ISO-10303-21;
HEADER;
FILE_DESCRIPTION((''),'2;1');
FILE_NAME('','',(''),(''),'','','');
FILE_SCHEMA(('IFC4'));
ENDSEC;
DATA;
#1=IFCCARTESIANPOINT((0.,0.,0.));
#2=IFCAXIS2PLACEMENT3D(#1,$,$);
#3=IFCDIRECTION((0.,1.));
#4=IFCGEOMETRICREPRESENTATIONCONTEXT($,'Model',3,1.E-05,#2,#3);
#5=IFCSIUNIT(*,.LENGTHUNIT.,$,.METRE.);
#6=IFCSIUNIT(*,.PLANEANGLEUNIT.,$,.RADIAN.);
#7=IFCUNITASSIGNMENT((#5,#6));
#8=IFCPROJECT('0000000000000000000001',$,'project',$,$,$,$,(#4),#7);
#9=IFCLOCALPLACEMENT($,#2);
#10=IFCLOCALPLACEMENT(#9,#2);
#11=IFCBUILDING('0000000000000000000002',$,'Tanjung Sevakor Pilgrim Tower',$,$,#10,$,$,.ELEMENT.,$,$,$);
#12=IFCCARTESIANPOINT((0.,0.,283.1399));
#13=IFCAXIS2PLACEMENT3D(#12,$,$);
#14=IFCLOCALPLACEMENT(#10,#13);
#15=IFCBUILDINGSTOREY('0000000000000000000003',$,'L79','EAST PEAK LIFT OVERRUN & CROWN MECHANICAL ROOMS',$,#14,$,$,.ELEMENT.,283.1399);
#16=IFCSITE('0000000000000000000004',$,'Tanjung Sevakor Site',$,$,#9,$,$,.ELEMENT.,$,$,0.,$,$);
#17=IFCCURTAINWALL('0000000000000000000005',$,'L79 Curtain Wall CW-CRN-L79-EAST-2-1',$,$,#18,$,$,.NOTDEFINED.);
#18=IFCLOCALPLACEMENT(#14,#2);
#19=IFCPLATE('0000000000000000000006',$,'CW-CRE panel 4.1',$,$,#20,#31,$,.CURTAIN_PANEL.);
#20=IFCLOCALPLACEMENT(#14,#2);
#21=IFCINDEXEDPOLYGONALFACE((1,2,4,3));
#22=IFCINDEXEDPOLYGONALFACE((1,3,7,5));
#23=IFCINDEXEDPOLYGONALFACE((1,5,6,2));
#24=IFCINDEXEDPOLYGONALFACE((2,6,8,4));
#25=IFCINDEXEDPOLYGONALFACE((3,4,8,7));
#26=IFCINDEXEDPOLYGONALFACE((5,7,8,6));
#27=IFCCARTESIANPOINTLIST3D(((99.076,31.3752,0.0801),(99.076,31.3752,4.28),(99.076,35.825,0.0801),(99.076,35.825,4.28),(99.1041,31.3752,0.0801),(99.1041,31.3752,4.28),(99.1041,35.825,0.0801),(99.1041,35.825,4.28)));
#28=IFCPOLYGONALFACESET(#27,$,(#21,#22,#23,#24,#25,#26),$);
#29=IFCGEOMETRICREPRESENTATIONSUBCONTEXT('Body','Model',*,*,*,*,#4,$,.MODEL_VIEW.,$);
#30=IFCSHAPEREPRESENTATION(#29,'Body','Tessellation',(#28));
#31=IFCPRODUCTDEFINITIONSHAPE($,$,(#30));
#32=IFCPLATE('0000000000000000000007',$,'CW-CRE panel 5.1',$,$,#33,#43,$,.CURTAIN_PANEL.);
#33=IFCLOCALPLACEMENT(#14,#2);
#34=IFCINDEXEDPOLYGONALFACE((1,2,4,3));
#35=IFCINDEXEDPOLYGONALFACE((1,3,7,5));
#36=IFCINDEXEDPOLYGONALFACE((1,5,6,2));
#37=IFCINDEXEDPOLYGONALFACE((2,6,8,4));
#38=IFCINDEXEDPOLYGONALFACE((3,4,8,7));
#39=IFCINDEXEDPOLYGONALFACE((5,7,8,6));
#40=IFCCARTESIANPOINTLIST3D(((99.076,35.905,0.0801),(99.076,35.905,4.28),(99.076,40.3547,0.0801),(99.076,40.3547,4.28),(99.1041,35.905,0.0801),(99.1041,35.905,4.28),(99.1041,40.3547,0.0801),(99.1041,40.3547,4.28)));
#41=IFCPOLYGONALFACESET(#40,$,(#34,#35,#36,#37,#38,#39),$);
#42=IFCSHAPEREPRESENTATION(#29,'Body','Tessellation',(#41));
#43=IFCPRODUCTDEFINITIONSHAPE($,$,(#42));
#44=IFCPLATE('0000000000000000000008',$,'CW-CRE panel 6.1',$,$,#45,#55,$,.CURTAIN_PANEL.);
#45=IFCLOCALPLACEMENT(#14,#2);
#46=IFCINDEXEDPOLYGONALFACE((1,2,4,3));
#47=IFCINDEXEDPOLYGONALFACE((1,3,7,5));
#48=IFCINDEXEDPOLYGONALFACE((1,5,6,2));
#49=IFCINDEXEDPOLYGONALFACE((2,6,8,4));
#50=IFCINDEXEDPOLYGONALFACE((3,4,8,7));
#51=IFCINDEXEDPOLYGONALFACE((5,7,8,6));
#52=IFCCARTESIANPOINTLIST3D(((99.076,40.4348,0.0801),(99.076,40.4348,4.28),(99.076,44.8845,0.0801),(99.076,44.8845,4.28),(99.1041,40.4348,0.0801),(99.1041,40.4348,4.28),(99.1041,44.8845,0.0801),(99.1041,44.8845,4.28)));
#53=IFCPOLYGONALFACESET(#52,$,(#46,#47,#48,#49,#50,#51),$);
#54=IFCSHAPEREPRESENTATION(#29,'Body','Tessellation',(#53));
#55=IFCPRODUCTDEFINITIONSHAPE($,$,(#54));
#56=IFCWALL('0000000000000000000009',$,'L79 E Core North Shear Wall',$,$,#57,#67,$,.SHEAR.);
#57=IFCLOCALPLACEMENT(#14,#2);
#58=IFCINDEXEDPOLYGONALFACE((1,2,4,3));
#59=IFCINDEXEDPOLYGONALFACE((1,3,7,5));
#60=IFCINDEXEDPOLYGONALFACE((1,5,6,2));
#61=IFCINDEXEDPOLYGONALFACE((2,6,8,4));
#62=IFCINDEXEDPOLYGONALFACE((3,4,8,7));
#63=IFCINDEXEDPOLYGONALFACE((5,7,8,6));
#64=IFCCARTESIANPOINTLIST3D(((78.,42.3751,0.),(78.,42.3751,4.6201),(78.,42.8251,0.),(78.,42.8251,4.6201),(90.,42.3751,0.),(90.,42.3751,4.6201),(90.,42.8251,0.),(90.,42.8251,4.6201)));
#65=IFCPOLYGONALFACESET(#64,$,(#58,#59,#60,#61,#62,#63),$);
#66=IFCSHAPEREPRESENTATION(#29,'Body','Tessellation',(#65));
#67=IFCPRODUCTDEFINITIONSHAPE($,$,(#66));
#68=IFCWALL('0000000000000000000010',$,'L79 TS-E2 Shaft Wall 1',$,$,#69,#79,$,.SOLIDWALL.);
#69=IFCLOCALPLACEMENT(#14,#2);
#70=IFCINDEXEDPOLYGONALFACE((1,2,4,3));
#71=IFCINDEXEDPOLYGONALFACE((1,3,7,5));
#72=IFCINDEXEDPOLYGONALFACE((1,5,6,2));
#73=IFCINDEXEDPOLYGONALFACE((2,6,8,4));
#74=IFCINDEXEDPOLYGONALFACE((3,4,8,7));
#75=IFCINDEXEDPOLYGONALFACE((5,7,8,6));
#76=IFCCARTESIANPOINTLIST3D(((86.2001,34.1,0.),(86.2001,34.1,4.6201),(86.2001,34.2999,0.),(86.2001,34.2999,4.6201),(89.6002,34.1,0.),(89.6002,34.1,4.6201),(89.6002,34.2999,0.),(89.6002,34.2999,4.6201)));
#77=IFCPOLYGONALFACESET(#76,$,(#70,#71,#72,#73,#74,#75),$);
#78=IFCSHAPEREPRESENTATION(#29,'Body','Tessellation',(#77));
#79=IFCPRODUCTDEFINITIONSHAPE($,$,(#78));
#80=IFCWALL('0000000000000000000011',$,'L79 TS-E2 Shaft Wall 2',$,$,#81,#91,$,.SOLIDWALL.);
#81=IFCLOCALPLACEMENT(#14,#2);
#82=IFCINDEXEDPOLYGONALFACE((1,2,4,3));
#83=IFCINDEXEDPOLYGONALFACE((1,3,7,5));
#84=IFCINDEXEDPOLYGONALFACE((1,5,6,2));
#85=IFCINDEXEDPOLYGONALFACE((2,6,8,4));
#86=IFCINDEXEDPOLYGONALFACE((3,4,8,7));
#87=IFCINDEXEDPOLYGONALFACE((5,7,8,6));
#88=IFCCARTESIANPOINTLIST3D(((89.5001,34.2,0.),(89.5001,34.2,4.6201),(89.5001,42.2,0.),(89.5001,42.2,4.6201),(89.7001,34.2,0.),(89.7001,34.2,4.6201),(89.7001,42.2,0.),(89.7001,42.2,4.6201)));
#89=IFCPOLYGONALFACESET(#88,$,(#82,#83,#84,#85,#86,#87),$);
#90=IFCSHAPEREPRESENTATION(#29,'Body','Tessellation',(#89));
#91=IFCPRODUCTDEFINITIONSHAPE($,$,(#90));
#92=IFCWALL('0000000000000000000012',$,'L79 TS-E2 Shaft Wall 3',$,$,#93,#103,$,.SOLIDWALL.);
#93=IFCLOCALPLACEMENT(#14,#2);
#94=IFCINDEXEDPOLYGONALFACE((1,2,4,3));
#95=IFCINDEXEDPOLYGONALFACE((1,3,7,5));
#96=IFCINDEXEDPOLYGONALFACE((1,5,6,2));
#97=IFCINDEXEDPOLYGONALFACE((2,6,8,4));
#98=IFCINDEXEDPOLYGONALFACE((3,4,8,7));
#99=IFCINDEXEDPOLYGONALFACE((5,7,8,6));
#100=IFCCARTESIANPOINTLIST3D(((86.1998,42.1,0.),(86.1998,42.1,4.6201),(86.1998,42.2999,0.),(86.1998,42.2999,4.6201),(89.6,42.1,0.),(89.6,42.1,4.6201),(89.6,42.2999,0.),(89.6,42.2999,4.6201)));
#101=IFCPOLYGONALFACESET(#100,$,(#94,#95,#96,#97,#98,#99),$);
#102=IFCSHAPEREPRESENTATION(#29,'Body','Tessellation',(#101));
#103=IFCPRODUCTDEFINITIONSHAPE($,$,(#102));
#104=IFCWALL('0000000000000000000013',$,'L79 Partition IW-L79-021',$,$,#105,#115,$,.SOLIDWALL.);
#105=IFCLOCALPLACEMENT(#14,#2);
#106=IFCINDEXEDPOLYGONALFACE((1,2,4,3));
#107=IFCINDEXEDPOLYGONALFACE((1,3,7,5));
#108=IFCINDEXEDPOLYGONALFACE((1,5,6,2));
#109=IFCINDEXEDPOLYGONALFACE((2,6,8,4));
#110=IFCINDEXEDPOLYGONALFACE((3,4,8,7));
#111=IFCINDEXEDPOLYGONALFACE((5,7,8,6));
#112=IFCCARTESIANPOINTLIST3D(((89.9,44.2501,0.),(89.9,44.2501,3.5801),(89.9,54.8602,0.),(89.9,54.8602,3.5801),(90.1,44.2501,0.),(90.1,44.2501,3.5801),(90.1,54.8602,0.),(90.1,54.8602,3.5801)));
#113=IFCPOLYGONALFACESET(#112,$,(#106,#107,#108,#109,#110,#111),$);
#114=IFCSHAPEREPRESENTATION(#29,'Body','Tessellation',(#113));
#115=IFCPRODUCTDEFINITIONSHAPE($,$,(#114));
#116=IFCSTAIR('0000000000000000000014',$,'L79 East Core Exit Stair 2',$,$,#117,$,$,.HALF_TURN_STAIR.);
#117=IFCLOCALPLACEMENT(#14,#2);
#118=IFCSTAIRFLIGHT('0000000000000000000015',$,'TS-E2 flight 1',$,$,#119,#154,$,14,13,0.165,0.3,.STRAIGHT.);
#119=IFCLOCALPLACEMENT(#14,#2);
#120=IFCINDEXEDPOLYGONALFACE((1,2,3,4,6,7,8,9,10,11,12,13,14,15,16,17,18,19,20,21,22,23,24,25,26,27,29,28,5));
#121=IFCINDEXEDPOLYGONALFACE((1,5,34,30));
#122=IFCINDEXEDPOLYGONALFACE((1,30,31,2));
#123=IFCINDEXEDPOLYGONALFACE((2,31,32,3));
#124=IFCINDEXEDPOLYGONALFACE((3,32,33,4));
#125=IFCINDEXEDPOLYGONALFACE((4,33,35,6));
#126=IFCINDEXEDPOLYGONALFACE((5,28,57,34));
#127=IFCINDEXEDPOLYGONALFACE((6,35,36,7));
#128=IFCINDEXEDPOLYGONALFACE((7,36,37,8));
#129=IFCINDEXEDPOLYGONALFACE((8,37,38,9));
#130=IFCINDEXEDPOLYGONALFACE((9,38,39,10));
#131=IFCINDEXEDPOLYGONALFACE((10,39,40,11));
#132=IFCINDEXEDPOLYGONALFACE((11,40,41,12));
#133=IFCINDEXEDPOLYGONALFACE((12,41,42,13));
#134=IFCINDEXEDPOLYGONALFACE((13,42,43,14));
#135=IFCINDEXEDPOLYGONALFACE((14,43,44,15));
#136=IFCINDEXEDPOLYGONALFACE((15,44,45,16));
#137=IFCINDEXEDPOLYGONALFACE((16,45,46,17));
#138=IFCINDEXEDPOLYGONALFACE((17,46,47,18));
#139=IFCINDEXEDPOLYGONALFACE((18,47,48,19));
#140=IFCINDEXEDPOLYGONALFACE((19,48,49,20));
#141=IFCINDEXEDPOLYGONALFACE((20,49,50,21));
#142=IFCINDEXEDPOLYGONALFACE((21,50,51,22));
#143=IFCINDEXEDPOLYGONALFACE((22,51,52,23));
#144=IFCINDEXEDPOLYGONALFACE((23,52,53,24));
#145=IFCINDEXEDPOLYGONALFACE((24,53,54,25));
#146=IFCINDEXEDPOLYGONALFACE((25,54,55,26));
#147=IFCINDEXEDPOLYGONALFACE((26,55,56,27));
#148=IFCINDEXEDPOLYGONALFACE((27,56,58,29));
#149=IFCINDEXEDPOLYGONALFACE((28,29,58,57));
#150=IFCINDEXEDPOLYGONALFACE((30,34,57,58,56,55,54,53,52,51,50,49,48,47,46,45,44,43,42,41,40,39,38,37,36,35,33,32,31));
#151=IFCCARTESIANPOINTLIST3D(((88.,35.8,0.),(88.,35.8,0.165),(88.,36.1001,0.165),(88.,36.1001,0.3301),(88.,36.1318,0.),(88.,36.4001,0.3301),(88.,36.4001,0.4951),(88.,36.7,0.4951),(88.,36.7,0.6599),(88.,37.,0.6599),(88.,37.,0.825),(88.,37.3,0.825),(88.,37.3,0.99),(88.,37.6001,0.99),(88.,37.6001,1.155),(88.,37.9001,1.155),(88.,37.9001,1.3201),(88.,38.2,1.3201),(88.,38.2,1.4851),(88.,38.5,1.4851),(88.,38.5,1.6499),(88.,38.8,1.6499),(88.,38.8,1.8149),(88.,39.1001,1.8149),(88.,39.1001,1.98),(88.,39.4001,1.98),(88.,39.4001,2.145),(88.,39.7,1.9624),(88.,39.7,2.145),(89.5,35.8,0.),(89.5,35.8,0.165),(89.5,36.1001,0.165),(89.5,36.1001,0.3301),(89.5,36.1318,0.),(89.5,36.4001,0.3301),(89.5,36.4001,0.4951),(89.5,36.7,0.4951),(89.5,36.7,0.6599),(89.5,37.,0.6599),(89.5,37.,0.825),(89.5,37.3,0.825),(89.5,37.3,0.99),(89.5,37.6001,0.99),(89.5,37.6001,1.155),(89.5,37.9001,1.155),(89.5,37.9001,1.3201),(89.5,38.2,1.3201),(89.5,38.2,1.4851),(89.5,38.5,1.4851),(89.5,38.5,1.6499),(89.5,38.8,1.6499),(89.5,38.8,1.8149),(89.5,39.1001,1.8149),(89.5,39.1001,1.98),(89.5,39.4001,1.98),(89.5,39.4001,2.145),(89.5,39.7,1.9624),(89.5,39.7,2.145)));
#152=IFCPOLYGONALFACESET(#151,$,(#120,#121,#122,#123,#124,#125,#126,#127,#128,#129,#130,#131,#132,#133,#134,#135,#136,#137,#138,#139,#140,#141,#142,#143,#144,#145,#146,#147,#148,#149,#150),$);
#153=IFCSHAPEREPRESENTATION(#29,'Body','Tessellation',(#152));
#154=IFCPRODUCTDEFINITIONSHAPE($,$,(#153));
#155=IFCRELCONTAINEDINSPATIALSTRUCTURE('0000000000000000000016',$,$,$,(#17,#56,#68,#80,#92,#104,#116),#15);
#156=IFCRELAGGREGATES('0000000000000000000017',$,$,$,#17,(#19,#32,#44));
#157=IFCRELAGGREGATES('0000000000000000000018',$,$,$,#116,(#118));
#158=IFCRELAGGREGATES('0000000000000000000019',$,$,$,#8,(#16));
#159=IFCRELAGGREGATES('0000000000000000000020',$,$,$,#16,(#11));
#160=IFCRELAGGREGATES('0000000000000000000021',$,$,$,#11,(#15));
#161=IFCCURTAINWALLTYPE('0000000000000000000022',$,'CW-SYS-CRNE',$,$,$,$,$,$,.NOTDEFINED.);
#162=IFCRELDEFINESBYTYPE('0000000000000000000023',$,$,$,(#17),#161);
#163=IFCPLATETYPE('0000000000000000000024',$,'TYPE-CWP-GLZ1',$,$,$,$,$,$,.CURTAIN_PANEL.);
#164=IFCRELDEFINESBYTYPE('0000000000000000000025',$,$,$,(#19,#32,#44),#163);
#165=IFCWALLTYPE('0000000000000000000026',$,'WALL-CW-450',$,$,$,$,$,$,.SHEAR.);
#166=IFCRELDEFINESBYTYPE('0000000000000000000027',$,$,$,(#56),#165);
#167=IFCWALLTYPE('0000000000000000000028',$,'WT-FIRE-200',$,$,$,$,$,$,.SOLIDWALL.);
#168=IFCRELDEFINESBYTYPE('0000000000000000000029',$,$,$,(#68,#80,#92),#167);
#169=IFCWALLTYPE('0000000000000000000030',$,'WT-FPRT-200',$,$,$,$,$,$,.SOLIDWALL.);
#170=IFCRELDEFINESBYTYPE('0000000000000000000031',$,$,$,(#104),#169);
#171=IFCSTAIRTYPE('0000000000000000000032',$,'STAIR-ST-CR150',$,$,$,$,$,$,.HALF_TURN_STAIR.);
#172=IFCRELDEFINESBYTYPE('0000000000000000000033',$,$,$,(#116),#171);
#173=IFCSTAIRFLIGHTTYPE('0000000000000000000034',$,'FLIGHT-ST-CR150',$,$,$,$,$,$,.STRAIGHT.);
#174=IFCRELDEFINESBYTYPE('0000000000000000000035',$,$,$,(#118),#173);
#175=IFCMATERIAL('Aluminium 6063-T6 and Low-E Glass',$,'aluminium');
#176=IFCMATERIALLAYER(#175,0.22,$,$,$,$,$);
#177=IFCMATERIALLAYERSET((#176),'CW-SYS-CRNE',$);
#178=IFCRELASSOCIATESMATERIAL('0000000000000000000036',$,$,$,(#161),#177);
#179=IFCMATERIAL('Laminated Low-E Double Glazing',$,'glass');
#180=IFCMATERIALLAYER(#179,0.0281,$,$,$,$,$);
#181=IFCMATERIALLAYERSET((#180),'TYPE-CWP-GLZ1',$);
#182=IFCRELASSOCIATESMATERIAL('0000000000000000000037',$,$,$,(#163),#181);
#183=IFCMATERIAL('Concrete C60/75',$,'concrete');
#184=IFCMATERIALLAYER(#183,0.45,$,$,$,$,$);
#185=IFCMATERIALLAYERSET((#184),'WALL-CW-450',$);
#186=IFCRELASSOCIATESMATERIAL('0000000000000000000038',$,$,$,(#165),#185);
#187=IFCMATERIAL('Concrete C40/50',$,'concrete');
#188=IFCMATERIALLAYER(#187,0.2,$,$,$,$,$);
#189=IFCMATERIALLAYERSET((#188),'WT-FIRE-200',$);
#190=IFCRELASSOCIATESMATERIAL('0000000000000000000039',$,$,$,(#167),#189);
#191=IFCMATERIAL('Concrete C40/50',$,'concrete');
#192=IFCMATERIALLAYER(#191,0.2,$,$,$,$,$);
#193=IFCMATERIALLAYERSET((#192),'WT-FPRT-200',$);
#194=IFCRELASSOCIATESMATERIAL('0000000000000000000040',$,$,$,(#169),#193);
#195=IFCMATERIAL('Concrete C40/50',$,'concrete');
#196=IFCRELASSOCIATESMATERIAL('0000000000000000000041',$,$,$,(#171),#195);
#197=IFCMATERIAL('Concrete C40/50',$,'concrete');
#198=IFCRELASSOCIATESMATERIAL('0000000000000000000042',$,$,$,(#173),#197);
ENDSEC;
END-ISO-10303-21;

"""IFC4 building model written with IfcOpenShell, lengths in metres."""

from ifc_helpers import new_model, si_unit, direction, frame, frame_2d, origin, origin_2d, place, context, subcontext, project, spatial, polyline, rectangle, outline, extrude, material, layer, layer_set, type_object, element, aggregate, save


model = new_model("IFC4")

# Units and contexts
model_context = context("Model", 3, precision=1e-05, world=origin(), true_north=direction((0.0, 1.0)))
body_context = subcontext(model_context, "Body", "Model", "MODEL_VIEW")
ifc_project = project(units=[si_unit("LENGTHUNIT", "METRE"), si_unit("PLANEANGLEUNIT", "RADIAN")], contexts=[model_context])

# Site, building, storey
site_placement = place(None, origin())
site = spatial("IfcSite", under=ifc_project, at=site_placement, Name="Tanjung Sevakor Site", CompositionType="ELEMENT", RefElevation=0.0)
building_placement = place(site_placement, origin())
building = spatial("IfcBuilding", under=site, at=building_placement, Name="Tanjung Sevakor Pilgrim Tower", CompositionType="ELEMENT")
storey_placement = place(building_placement, frame((0.0, 0.0, 283.1399)))
storey = spatial("IfcBuildingStorey", under=building, at=storey_placement, Name="L79", Description="EAST PEAK LIFT OVERRUN & CROWN MECHANICAL ROOMS", CompositionType="ELEMENT", Elevation=283.1399)

# Curtain wall, plates
ifc_material_1 = material(Name="Aluminium 6063-T6 and Low-E Glass", Category="aluminium")
ifc_layer_1 = layer(ifc_material_1, 0.22)
ifc_layer_set_1 = layer_set([ifc_layer_1], Name="CW-SYS-CRNE")
curtain_wall_type = type_object("IfcCurtainWallType", Name="CW-SYS-CRNE", PredefinedType="NOTDEFINED", material=ifc_layer_set_1)
curtain_wall_placement = place(storey_placement, origin())
curtain_wall = element("IfcCurtainWall", 1, at=curtain_wall_placement, inside=storey, type_object=curtain_wall_type, Name="L79 Curtain Wall CW-CRN-L79-EAST-2-1", PredefinedType="NOTDEFINED")
ifc_material_2 = material(Name="Laminated Low-E Double Glazing", Category="glass")
ifc_layer_2 = layer(ifc_material_2, 0.0281)
ifc_layer_set_2 = layer_set([ifc_layer_2], Name="TYPE-CWP-GLZ1")
plate_type = type_object("IfcPlateType", Name="TYPE-CWP-GLZ1", PredefinedType="CURTAIN_PANEL", material=ifc_layer_set_2)
plate_1_placement = place(storey_placement, frame((99.0901, 33.6001, 0.0801), z_axis=(0.0, 0.0, 1.0), x_axis=(0.0, 1.0, 0.0)))
plate_1 = element("IfcPlate", 2, at=plate_1_placement, type_object=plate_type, Name="CW-CRE panel 4.1", PredefinedType="CURTAIN_PANEL", context=body_context, shape_type="SweptSolid", body=[
    extrude(rectangle(XDim=4.4497, YDim=0.0281, at=origin_2d()), origin(), (0.0, 0.0, 1.0), 4.2),
])
plate_2_placement = place(storey_placement, frame((99.0901, 38.1299, 0.0801), z_axis=(0.0, 0.0, 1.0), x_axis=(0.0, 1.0, 0.0)))
plate_2 = element("IfcPlate", 3, at=plate_2_placement, type_object=plate_type, Name="CW-CRE panel 5.1", PredefinedType="CURTAIN_PANEL", context=body_context, shape_type="SweptSolid", body=[
    extrude(rectangle(XDim=4.4497, YDim=0.0281, at=origin_2d()), origin(), (0.0, 0.0, 1.0), 4.2),
])
plate_3_placement = place(storey_placement, frame((99.0901, 42.6597, 0.0801), z_axis=(0.0, 0.0, 1.0), x_axis=(0.0, 1.0, 0.0)))
plate_3 = element("IfcPlate", 4, at=plate_3_placement, type_object=plate_type, Name="CW-CRE panel 6.1", PredefinedType="CURTAIN_PANEL", context=body_context, shape_type="SweptSolid", body=[
    extrude(rectangle(XDim=4.4497, YDim=0.0281, at=origin_2d()), origin(), (0.0, 0.0, 1.0), 4.2),
])
aggregate(curtain_wall, [plate_1, plate_2, plate_3])

# Walls
ifc_material_3 = material(Name="Concrete C60/75", Category="concrete")
ifc_layer_3 = layer(ifc_material_3, 0.45)
ifc_layer_set_3 = layer_set([ifc_layer_3], Name="WALL-CW-450")
wall_type_1 = type_object("IfcWallType", Name="WALL-CW-450", PredefinedType="SHEAR", material=ifc_layer_set_3)
wall_1_placement = place(storey_placement, frame((90.0, 42.6001, 0.0), z_axis=(0.0, 0.0, 1.0), x_axis=(-1.0, 0.0, 0.0)))
element("IfcWall", 5, at=wall_1_placement, inside=storey, type_object=wall_type_1, Name="L79 E Core North Shear Wall", PredefinedType="SHEAR", context=body_context, shape_type="SweptSolid", body=[
    extrude(rectangle(XDim=12.0, YDim=0.45, at=frame_2d((6.0, 0.0))), origin(), (0.0, 0.0, 1.0), 4.6201),
])
ifc_material_4 = material(Name="Concrete C40/50", Category="concrete")
ifc_layer_4 = layer(ifc_material_4, 0.2)
ifc_layer_set_4 = layer_set([ifc_layer_4], Name="WT-FIRE-200")
wall_type_2 = type_object("IfcWallType", Name="WT-FIRE-200", PredefinedType="SOLIDWALL", material=ifc_layer_set_4)
wall_2_placement = place(storey_placement, frame((86.2, 34.2, 0.0), z_axis=(0.0, 0.0, 1.0), x_axis=(1.0, 0.0, 0.0)))
element("IfcWall", 6, at=wall_2_placement, inside=storey, type_object=wall_type_2, Name="L79 TS-E2 Shaft Wall 1", PredefinedType="SOLIDWALL", context=body_context, shape_type="SweptSolid", body=[
    extrude(rectangle(XDim=3.4001, YDim=0.2, at=frame_2d((1.7002, 0.0))), origin(), (0.0, 0.0, 1.0), 4.6201),
])
wall_3_placement = place(storey_placement, frame((89.6001, 34.2, 0.0), z_axis=(0.0, 0.0, 1.0), x_axis=(0.0, 1.0, 0.0)))
element("IfcWall", 7, at=wall_3_placement, inside=storey, type_object=wall_type_2, Name="L79 TS-E2 Shaft Wall 2", PredefinedType="SOLIDWALL", context=body_context, shape_type="SweptSolid", body=[
    extrude(rectangle(XDim=8.0, YDim=0.2, at=frame_2d((4.0, 0.0))), origin(), (0.0, 0.0, 1.0), 4.6201),
])
wall_4_placement = place(storey_placement, frame((89.6001, 42.2, 0.0), z_axis=(0.0, 0.0, 1.0), x_axis=(-1.0, 0.0, 0.0)))
element("IfcWall", 8, at=wall_4_placement, inside=storey, type_object=wall_type_2, Name="L79 TS-E2 Shaft Wall 3", PredefinedType="SOLIDWALL", context=body_context, shape_type="SweptSolid", body=[
    extrude(rectangle(XDim=3.4001, YDim=0.2, at=frame_2d((1.7002, 0.0))), origin(), (0.0, 0.0, 1.0), 4.6201),
])
ifc_material_5 = material(Name="Concrete C40/50", Category="concrete")
ifc_layer_5 = layer(ifc_material_5, 0.2)
ifc_layer_set_5 = layer_set([ifc_layer_5], Name="WT-FPRT-200")
wall_type_3 = type_object("IfcWallType", Name="WT-FPRT-200", PredefinedType="SOLIDWALL", material=ifc_layer_set_5)
wall_5_placement = place(storey_placement, frame((90.0, 44.25, 0.0), z_axis=(0.0, 0.0, 1.0), x_axis=(0.0, 1.0, 0.0)))
element("IfcWall", 9, at=wall_5_placement, inside=storey, type_object=wall_type_3, Name="L79 Partition IW-L79-021", PredefinedType="SOLIDWALL", context=body_context, shape_type="SweptSolid", body=[
    extrude(rectangle(XDim=10.6101, YDim=0.2, at=frame_2d((5.3052, 0.0))), origin(), (0.0, 0.0, 1.0), 3.5801),
])

# Stair, stair flight
ifc_material_6 = material(Name="Concrete C40/50", Category="concrete")
stair_type = type_object("IfcStairType", Name="STAIR-ST-CR150", PredefinedType="HALF_TURN_STAIR", material=ifc_material_6)
stair_placement = place(storey_placement, origin())
stair = element("IfcStair", 10, at=stair_placement, inside=storey, type_object=stair_type, Name="L79 East Core Exit Stair 2", PredefinedType="HALF_TURN_STAIR")
ifc_material_7 = material(Name="Concrete C40/50", Category="concrete")
stair_flight_type = type_object("IfcStairFlightType", Name="FLIGHT-ST-CR150", PredefinedType="STRAIGHT", material=ifc_material_7)
stair_flight_1_placement = place(storey_placement, frame((88.75, 35.8, 0.0), z_axis=(0.0, 0.0, 1.0), x_axis=(0.0, 1.0, 0.0)))
stair_flight_1 = element("IfcStairFlight", 11, at=stair_flight_1_placement, type_object=stair_flight_type, Name="TS-E2 flight 1", NumberOfRisers=14, NumberOfTreads=13, PredefinedType="STRAIGHT", RiserHeight=0.165, TreadLength=0.3, context=body_context, shape_type="SweptSolid", body=[
    extrude(outline(polyline([(0.0, 0.0), (0.0, 0.165), (0.3, 0.165), (0.3, 0.3301), (0.6001, 0.3301), (0.6001, 0.4951), (0.8999, 0.4951), (0.8999, 0.6599), (1.2, 0.6599), (1.2, 0.825), (1.5, 0.825), (1.5, 0.99), (1.8, 0.99), (1.8, 1.155), (2.1001, 1.155), (2.1001, 1.3201), (2.3999, 1.3201), (2.3999, 1.4851), (2.7, 1.4851), (2.7, 1.6499), (3.0, 1.6499), (3.0, 1.8149), (3.3, 1.8149), (3.3, 1.98), (3.6001, 1.98), (3.6001, 2.145), (3.8999, 2.145), (3.8999, 2.3101), (3.8999, 1.9624), (0.3318, 0.0), (0.0, 0.0)])), frame((0.0, 0.75, 0.0), z_axis=(0.0, -1.0, 0.0), x_axis=(1.0, 0.0, 0.0)), (0.0, 0.0, 1.0), 1.5),
])
aggregate(stair, [stair_flight_1])

save(model, "model.ifc")
